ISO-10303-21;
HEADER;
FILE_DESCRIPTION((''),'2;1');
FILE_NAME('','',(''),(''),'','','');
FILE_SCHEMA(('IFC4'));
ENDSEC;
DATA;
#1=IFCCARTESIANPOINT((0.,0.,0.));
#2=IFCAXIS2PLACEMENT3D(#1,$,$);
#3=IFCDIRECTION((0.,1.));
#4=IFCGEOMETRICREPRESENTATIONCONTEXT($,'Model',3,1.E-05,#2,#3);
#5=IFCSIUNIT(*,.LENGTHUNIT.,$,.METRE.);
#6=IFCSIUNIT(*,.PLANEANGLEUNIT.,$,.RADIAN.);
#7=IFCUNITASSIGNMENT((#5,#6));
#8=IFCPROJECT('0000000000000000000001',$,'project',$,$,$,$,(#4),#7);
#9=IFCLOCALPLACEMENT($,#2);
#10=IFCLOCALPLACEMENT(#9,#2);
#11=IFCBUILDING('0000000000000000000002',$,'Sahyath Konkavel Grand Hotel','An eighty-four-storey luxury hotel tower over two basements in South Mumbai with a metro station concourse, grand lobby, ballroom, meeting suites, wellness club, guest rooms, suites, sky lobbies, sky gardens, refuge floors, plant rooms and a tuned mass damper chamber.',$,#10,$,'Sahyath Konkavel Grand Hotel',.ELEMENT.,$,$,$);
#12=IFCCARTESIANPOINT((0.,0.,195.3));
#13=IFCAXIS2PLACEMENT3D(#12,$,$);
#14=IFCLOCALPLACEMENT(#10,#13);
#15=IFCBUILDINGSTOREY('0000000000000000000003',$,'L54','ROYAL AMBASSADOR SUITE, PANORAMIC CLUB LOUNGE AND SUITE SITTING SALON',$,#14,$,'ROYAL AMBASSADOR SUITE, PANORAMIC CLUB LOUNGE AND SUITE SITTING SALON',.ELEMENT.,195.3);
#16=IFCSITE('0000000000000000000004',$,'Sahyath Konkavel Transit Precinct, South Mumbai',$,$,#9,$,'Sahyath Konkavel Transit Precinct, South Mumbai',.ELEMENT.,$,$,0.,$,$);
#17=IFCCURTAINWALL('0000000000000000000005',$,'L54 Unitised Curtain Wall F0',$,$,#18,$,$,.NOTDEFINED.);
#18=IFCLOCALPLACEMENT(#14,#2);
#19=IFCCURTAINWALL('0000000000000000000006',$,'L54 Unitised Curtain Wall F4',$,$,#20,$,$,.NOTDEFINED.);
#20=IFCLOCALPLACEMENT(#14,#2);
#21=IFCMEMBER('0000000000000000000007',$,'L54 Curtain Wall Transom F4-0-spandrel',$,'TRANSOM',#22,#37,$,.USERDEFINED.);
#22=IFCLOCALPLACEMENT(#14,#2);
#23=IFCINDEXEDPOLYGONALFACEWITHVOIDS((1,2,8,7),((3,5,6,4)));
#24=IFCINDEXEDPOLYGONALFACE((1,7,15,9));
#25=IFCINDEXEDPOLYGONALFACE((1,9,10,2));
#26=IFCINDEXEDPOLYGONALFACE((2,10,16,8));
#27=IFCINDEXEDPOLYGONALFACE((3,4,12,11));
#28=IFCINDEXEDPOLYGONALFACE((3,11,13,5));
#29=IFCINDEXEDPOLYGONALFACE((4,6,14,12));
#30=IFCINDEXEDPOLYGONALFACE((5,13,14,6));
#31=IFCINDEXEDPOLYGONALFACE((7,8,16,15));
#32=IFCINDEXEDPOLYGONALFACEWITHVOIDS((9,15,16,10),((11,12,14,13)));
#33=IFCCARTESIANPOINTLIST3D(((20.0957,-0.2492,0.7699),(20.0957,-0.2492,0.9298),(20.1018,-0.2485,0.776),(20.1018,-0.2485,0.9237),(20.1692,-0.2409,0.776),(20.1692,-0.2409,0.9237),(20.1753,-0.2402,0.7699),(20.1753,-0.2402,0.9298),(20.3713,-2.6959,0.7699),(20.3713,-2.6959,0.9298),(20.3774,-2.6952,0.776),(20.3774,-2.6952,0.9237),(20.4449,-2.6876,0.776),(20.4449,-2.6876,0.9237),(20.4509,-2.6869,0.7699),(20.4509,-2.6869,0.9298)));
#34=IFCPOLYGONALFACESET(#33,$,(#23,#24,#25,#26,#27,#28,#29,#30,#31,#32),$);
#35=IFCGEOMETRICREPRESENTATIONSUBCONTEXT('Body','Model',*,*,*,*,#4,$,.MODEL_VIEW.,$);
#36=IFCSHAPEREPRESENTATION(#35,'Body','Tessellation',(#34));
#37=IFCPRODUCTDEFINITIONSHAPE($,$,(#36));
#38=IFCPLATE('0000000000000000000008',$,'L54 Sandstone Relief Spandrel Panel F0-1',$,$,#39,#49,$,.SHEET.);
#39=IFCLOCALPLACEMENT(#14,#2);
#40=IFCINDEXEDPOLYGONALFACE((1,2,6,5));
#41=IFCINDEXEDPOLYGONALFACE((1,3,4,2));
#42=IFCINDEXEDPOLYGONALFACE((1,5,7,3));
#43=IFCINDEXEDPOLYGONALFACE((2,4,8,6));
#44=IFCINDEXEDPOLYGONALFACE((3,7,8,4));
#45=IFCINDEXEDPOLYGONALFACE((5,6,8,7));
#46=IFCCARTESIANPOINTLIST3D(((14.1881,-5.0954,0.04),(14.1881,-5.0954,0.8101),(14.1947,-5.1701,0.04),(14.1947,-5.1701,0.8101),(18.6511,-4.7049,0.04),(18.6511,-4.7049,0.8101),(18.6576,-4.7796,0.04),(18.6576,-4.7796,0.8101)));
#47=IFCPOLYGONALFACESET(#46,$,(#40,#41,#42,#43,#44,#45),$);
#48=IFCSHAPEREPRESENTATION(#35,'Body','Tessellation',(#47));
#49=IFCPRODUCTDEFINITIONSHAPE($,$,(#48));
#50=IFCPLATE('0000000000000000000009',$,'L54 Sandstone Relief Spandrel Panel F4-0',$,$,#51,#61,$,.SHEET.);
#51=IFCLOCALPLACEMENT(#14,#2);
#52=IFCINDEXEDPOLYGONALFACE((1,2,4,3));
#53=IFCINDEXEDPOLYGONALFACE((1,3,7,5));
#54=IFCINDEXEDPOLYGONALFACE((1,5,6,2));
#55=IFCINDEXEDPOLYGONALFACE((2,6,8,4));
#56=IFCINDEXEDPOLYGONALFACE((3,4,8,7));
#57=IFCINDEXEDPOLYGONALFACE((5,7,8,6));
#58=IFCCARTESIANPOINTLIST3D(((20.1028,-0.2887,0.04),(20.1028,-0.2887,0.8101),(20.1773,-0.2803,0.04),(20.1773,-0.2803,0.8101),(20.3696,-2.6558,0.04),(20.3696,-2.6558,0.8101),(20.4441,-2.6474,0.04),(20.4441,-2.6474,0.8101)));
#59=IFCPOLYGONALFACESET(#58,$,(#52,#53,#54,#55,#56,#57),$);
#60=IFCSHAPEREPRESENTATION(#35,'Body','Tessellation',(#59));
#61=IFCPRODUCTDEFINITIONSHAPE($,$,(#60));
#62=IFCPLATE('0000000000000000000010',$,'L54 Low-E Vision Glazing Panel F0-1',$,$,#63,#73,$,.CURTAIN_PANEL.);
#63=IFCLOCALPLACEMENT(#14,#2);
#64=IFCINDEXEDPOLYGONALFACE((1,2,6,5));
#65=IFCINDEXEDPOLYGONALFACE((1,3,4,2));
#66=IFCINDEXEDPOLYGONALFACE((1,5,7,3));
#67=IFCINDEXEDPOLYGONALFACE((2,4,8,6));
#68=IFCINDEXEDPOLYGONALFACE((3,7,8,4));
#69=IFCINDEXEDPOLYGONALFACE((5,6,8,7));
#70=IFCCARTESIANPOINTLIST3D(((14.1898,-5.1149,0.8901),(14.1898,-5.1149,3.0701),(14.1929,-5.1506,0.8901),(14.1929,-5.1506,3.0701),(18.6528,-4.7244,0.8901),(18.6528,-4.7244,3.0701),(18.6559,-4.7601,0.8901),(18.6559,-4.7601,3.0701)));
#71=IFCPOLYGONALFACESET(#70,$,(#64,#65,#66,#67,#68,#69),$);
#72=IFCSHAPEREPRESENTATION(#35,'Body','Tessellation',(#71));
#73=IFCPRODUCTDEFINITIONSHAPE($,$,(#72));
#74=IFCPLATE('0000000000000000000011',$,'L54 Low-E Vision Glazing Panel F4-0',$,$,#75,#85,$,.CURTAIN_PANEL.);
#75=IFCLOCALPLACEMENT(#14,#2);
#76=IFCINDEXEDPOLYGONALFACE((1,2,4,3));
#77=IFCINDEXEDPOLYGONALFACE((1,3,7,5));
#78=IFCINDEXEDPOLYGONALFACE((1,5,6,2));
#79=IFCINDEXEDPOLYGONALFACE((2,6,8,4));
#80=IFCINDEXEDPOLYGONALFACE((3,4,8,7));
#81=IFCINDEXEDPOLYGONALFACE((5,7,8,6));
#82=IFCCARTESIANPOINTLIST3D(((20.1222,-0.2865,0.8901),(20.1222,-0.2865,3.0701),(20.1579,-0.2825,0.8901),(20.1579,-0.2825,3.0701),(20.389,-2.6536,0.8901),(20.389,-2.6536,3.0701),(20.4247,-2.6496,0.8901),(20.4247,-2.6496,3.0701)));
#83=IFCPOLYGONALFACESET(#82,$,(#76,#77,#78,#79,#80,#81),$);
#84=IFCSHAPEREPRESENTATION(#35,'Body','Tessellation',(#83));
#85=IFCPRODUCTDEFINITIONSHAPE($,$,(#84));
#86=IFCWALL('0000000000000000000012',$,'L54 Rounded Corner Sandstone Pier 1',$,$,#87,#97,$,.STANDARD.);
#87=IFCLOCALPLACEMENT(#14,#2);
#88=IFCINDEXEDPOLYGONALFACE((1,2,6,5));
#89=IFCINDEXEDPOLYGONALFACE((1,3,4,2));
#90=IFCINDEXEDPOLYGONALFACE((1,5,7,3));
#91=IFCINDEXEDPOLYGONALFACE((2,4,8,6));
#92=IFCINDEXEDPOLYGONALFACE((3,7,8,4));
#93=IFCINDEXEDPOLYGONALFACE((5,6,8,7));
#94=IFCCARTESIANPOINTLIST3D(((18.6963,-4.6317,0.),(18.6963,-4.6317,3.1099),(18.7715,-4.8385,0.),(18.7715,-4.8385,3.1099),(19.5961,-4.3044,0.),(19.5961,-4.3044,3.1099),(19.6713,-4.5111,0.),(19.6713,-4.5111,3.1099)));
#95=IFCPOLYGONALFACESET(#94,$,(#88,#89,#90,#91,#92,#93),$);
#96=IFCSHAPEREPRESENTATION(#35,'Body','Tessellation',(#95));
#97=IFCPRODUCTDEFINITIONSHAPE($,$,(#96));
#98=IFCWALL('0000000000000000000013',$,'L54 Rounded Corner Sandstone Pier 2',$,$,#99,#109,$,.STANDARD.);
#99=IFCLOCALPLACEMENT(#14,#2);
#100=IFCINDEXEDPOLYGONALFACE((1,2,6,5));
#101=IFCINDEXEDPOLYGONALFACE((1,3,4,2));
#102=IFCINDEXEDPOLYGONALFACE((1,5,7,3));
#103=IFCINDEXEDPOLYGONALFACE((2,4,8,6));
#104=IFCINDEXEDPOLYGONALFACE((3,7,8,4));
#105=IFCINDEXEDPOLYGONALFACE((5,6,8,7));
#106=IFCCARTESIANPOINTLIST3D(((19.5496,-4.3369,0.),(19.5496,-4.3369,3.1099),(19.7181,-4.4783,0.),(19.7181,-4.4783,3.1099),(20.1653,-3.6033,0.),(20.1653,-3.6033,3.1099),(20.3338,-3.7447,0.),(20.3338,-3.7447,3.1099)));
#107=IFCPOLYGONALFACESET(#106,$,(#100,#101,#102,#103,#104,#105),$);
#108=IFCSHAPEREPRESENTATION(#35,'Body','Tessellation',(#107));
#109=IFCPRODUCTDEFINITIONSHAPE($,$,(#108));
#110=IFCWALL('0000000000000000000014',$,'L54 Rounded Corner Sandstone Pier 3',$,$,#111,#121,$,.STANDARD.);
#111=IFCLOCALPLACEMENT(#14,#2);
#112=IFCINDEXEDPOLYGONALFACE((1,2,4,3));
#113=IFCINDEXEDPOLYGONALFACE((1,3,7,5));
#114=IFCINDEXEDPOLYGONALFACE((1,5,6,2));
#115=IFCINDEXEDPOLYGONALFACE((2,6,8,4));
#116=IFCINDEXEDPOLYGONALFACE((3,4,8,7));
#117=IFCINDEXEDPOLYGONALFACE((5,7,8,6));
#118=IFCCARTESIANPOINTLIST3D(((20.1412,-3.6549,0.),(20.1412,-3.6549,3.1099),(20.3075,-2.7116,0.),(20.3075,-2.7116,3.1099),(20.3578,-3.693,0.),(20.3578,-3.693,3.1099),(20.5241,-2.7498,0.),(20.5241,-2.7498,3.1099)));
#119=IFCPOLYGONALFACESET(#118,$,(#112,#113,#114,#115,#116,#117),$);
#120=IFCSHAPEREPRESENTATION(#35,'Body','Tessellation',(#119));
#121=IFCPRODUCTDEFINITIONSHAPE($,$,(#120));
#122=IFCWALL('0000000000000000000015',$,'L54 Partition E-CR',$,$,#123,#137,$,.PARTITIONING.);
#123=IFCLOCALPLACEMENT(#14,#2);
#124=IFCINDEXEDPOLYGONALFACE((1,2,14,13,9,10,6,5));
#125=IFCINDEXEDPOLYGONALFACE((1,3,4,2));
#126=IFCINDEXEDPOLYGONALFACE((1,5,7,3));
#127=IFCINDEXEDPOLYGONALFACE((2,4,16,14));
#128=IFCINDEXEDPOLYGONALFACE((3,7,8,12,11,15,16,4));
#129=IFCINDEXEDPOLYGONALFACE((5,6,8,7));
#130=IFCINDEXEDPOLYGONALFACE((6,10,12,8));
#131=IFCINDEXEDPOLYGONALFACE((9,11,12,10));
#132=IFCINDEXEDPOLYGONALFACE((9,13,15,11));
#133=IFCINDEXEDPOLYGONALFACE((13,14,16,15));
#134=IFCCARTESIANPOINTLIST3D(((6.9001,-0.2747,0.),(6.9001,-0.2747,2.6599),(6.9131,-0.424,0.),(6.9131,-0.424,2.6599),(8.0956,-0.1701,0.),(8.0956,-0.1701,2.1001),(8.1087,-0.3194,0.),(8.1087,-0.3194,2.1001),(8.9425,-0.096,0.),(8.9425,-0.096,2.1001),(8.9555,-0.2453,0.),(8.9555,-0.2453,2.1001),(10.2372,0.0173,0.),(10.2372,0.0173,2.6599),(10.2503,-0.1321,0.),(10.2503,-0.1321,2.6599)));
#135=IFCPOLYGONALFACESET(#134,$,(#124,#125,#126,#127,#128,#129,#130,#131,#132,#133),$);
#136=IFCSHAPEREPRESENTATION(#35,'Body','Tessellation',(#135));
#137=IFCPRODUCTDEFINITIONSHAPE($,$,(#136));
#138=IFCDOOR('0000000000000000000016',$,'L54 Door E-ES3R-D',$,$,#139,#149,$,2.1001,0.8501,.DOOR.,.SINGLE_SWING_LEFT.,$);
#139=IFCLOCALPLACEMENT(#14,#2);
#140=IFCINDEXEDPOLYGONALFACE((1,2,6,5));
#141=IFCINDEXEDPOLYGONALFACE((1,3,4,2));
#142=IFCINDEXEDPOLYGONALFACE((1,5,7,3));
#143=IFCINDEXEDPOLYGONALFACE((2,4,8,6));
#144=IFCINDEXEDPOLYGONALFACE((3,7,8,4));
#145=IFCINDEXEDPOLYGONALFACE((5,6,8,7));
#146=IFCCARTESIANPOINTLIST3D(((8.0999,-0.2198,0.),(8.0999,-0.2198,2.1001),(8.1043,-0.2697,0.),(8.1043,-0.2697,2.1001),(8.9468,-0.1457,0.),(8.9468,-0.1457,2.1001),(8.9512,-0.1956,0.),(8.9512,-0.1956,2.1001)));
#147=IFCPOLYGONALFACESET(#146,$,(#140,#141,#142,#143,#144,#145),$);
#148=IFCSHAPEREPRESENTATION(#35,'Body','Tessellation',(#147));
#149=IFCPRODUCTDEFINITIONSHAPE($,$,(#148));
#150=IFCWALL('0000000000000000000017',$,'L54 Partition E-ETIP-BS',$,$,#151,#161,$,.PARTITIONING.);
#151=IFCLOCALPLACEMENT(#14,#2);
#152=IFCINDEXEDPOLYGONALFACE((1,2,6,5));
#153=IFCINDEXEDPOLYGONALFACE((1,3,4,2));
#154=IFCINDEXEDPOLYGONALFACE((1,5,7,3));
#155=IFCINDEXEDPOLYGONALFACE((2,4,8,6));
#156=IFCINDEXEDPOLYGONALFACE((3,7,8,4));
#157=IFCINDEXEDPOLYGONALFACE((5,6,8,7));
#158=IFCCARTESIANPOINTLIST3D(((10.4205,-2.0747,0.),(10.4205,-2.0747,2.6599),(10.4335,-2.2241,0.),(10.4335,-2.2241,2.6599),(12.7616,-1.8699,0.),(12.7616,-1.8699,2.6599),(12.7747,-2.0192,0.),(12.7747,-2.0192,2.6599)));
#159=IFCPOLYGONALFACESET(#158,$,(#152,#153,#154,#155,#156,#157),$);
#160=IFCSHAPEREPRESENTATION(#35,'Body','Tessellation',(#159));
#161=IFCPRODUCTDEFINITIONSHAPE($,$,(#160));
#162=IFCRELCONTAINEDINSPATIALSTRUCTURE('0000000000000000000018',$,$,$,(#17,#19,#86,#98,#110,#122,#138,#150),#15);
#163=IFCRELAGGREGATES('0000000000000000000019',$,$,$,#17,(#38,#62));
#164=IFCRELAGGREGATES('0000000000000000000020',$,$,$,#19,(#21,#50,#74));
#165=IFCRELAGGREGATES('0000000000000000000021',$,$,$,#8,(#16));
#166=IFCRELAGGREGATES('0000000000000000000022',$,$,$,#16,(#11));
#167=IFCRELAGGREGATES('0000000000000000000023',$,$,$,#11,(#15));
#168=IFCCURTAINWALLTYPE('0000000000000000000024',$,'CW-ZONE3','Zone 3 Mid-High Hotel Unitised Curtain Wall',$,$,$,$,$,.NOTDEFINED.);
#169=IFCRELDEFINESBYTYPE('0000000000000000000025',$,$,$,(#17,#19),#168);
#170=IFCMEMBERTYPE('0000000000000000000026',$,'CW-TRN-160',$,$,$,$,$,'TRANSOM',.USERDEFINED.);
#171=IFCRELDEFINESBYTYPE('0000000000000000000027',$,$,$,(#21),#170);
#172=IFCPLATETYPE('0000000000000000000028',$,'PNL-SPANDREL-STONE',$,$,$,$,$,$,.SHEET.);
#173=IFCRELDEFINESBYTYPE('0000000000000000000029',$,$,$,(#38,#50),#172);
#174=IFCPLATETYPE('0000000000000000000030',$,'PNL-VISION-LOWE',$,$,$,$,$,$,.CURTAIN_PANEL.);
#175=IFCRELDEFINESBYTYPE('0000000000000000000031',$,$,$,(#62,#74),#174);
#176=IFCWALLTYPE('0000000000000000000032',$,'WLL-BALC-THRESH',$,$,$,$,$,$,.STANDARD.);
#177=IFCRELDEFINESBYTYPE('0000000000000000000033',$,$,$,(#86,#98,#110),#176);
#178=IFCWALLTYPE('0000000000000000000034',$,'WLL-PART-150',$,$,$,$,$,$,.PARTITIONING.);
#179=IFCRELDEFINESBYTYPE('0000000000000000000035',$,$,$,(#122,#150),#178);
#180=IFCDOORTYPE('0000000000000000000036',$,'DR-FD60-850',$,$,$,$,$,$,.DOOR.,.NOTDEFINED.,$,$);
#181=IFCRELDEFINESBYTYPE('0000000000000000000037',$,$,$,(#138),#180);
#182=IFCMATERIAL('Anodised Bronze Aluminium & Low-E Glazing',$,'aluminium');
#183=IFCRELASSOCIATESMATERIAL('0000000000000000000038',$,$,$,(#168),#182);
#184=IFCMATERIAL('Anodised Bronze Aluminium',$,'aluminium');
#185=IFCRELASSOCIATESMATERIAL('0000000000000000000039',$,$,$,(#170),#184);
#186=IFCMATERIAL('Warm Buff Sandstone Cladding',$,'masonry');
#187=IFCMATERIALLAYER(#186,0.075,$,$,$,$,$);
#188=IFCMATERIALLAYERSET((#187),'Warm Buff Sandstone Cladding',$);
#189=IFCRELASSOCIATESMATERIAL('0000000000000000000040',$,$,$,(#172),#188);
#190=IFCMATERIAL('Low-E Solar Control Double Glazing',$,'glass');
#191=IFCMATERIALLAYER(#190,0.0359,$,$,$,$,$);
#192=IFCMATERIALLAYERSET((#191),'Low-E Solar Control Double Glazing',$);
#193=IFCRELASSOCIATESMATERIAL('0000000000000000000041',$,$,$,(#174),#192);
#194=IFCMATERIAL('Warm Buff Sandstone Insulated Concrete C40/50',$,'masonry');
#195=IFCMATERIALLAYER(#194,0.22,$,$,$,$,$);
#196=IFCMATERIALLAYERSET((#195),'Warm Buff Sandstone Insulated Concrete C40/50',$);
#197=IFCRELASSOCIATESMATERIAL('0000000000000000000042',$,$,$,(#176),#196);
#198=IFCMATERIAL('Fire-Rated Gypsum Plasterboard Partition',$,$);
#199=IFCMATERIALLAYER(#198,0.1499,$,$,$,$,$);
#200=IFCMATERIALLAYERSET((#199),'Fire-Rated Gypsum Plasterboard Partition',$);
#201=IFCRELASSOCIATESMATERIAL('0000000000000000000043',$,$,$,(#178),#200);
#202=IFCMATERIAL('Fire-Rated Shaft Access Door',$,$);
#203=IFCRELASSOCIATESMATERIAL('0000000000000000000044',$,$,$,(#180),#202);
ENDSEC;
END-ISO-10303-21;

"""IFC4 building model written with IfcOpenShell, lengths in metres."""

from ifc_helpers import new_model, si_unit, direction, frame, frame_2d, origin, origin_2d, place, context, subcontext, project, spatial, rectangle, hollow_rectangle, extrude, source, transform, mapped, material, layer, layer_set, material_profile, profile_set, type_object, element, fill, aggregate, save


model = new_model("IFC4")

# Units and contexts
model_context = context("Model", 3, precision=1e-05, world=origin(), true_north=direction((0.0, 1.0)))
body_context = subcontext(model_context, "Body", "Model", "MODEL_VIEW")
ifc_project = project(units=[si_unit("LENGTHUNIT", "METRE"), si_unit("PLANEANGLEUNIT", "RADIAN")], contexts=[model_context])

# Site, building, storey
site_placement = place(None, origin())
site = spatial("IfcSite", under=ifc_project, at=site_placement, Name="Sahyath Konkavel Transit Precinct, South Mumbai", LongName="Sahyath Konkavel Transit Precinct, South Mumbai", CompositionType="ELEMENT", RefElevation=0.0)
building_placement = place(site_placement, origin())
building = spatial("IfcBuilding", under=site, at=building_placement, Name="Sahyath Konkavel Grand Hotel", Description="An eighty-four-storey luxury hotel tower over two basements in South Mumbai with a metro station concourse, grand lobby, ballroom, meeting suites, wellness club, guest rooms, suites, sky lobbies, sky gardens, refuge floors, plant rooms and a tuned mass damper chamber.", LongName="Sahyath Konkavel Grand Hotel", CompositionType="ELEMENT")
storey_placement = place(building_placement, frame((0.0, 0.0, 195.3)))
storey = spatial("IfcBuildingStorey", under=building, at=storey_placement, Name="L54", Description="ROYAL AMBASSADOR SUITE, PANORAMIC CLUB LOUNGE AND SUITE SITTING SALON", LongName="ROYAL AMBASSADOR SUITE, PANORAMIC CLUB LOUNGE AND SUITE SITTING SALON", CompositionType="ELEMENT", Elevation=195.3)

# Curtain walls
ifc_material_1 = material(Name="Anodised Bronze Aluminium & Low-E Glazing", Category="aluminium")
curtain_wall_type = type_object("IfcCurtainWallType", Name="CW-ZONE3", Description="Zone 3 Mid-High Hotel Unitised Curtain Wall", PredefinedType="NOTDEFINED", material=ifc_material_1)
curtain_wall_1_placement = place(storey_placement, origin())
curtain_wall_1 = element("IfcCurtainWall", 1, at=curtain_wall_1_placement, inside=storey, type_object=curtain_wall_type, Name="L54 Unitised Curtain Wall F0", PredefinedType="NOTDEFINED")
ifc_material_2 = material(Name="Anodised Bronze Aluminium", Category="aluminium")
curtain_wall_2_placement = place(storey_placement, origin())
curtain_wall_2 = element("IfcCurtainWall", 2, at=curtain_wall_2_placement, inside=storey, type_object=curtain_wall_type, Name="L54 Unitised Curtain Wall F4", PredefinedType="NOTDEFINED")

# Member
ifc_material_profile_1 = material_profile(ifc_material_2, hollow_rectangle(XDim=0.0801, YDim=0.1599, WallThickness=0.0061, at=origin_2d()), Name="RHS 160x80x6")
ifc_profile_set_1 = profile_set([ifc_material_profile_1], Name="Anodised Bronze Aluminium")
member_type_1 = type_object("IfcMemberType", Name="CW-TRN-160", ElementType="TRANSOM", PredefinedType="USERDEFINED", material=ifc_profile_set_1)
shared_shape_1 = source(origin(), body_context, "Body", "SweptSolid", [
    extrude(hollow_rectangle(XDim=0.0801, YDim=0.1599, WallThickness=0.0061, at=origin_2d()), origin(), (0.0, 0.0, 1.0), 2.4622),
])
member_1_placement = place(storey_placement, frame((20.4111, -2.6914, 0.8499), z_axis=(-0.111944, 0.993715, 0.0), x_axis=(-0.993715, -0.111944, 0.0)))
member_1 = element("IfcMember", 3, at=member_1_placement, type_object=member_type_1, Name="L54 Curtain Wall Transom F4-0-spandrel", ObjectType="TRANSOM", PredefinedType="USERDEFINED", context=body_context, shape_type="MappedRepresentation", body=[
    mapped(shared_shape_1, transform((0.0, 0.0, 0.0), scale=1.0)),
])

# Plates
ifc_material_3 = material(Name="Warm Buff Sandstone Cladding", Category="masonry")
ifc_layer_1 = layer(ifc_material_3, 0.075)
ifc_layer_set_1 = layer_set([ifc_layer_1], Name="Warm Buff Sandstone Cladding")
plate_type_1 = type_object("IfcPlateType", Name="PNL-SPANDREL-STONE", PredefinedType="SHEET", material=ifc_layer_set_1)
shared_shape_2 = source(origin(), body_context, "Body", "SweptSolid", [
    extrude(rectangle(XDim=4.48, YDim=0.075, at=origin_2d()), origin(), (0.0, 0.0, 1.0), 0.77),
])
plate_1_placement = place(storey_placement, frame((16.4229, -4.9375, 0.04), z_axis=(0.0, 0.0, 1.0), x_axis=(0.996195, 0.087156, 0.0)))
plate_1 = element("IfcPlate", 4, at=plate_1_placement, type_object=plate_type_1, Name="L54 Sandstone Relief Spandrel Panel F0-1", PredefinedType="SHEET", context=body_context, shape_type="MappedRepresentation", body=[
    mapped(shared_shape_2, transform((0.0, 0.0, 0.0), scale=1.0)),
])
shared_shape_3 = source(origin(), body_context, "Body", "SweptSolid", [
    extrude(rectangle(XDim=2.3821, YDim=0.075, at=origin_2d()), origin(), (0.0, 0.0, 1.0), 0.77),
])
plate_2_placement = place(storey_placement, frame((20.2734, -1.468, 0.04), z_axis=(0.0, 0.0, 1.0), x_axis=(-0.111989, 0.993709, 0.0)))
plate_2 = element("IfcPlate", 5, at=plate_2_placement, type_object=plate_type_1, Name="L54 Sandstone Relief Spandrel Panel F4-0", PredefinedType="SHEET", context=body_context, shape_type="MappedRepresentation", body=[
    mapped(shared_shape_3, transform((0.0, 0.0, 0.0), scale=1.0)),
])
ifc_material_4 = material(Name="Low-E Solar Control Double Glazing", Category="glass")
ifc_layer_2 = layer(ifc_material_4, 0.0359)
ifc_layer_set_2 = layer_set([ifc_layer_2], Name="Low-E Solar Control Double Glazing")
plate_type_2 = type_object("IfcPlateType", Name="PNL-VISION-LOWE", PredefinedType="CURTAIN_PANEL", material=ifc_layer_set_2)
shared_shape_4 = source(origin(), body_context, "Body", "SweptSolid", [
    extrude(rectangle(XDim=4.48, YDim=0.0359, at=origin_2d()), origin(), (0.0, 0.0, 1.0), 2.1799),
])
plate_3_placement = place(storey_placement, frame((16.4229, -4.9375, 0.8901), z_axis=(0.0, 0.0, 1.0), x_axis=(0.996195, 0.087156, 0.0)))
plate_3 = element("IfcPlate", 6, at=plate_3_placement, type_object=plate_type_2, Name="L54 Low-E Vision Glazing Panel F0-1", PredefinedType="CURTAIN_PANEL", context=body_context, shape_type="MappedRepresentation", body=[
    mapped(shared_shape_4, transform((0.0, 0.0, 0.0), scale=1.0)),
])
aggregate(curtain_wall_1, [plate_1, plate_3])
shared_shape_5 = source(origin(), body_context, "Body", "SweptSolid", [
    extrude(rectangle(XDim=2.3821, YDim=0.0359, at=origin_2d()), origin(), (0.0, 0.0, 1.0), 2.1799),
])
plate_4_placement = place(storey_placement, frame((20.2734, -1.468, 0.8901), z_axis=(0.0, 0.0, 1.0), x_axis=(-0.111989, 0.993709, 0.0)))
plate_4 = element("IfcPlate", 7, at=plate_4_placement, type_object=plate_type_2, Name="L54 Low-E Vision Glazing Panel F4-0", PredefinedType="CURTAIN_PANEL", context=body_context, shape_type="MappedRepresentation", body=[
    mapped(shared_shape_5, transform((0.0, 0.0, 0.0), scale=1.0)),
])
aggregate(curtain_wall_2, [member_1, plate_2, plate_4])

# Walls
ifc_material_5 = material(Name="Warm Buff Sandstone Insulated Concrete C40/50", Category="masonry")
ifc_layer_3 = layer(ifc_material_5, 0.22)
ifc_layer_set_3 = layer_set([ifc_layer_3], Name="Warm Buff Sandstone Insulated Concrete C40/50")
wall_type_1 = type_object("IfcWallType", Name="WLL-BALC-THRESH", PredefinedType="STANDARD", material=ifc_layer_set_3)
wall_1_placement = place(storey_placement, frame((18.7339, -4.7351, 0.0), z_axis=(0.0, 0.0, 1.0), x_axis=(0.939741, 0.341886, 0.0)))
element("IfcWall", 8, at=wall_1_placement, inside=storey, type_object=wall_type_1, Name="L54 Rounded Corner Sandstone Pier 1", PredefinedType="STANDARD", context=body_context, shape_type="SweptSolid", body=[
    extrude(rectangle(XDim=0.9575, YDim=0.22, at=frame_2d((0.4788, 0.0))), origin(), (0.0, 0.0, 1.0), 3.1099),
])
for number, where, z_axis, x_axis, name in (
    (9, (19.6338, -4.4077, 0.0), (0.0, 0.0, 1.0), (0.642863, 0.765981, 0.0), "L54 Rounded Corner Sandstone Pier 2"),
    (10, (20.2495, -3.6741, 0.0), (0.0, 0.0, 1.0), (0.173611, 0.984814, 0.0), "L54 Rounded Corner Sandstone Pier 3"),
):
    element("IfcWall", number, at=place(storey_placement, frame(where, z_axis=z_axis, x_axis=x_axis)), inside=storey, type_object=wall_type_1, Name=name, PredefinedType="STANDARD", context=body_context, shape_type="SweptSolid", body=[
        extrude(rectangle(XDim=0.9578, YDim=0.22, at=frame_2d((0.479, 0.0))), origin(), (0.0, 0.0, 1.0), 3.1099),
    ])

# Wall, opening, door
ifc_material_6 = material(Name="Fire-Rated Gypsum Plasterboard Partition")
ifc_layer_4 = layer(ifc_material_6, 0.1499)
ifc_layer_set_4 = layer_set([ifc_layer_4], Name="Fire-Rated Gypsum Plasterboard Partition")
wall_type_2 = type_object("IfcWallType", Name="WLL-PART-150", PredefinedType="PARTITIONING", material=ifc_layer_set_4)
wall_2_placement = place(storey_placement, frame((6.9067, -0.3494, 0.0), z_axis=(0.0, 0.0, 1.0), x_axis=(0.996194, 0.087164, 0.0)))
wall_2 = element("IfcWall", 11, at=wall_2_placement, inside=storey, type_object=wall_type_2, Name="L54 Partition E-CR", PredefinedType="PARTITIONING", context=body_context, shape_type="SweptSolid", body=[
    extrude(rectangle(XDim=3.3499, YDim=0.1499, at=frame_2d((1.6748, 0.0))), origin(), (0.0, 0.0, 1.0), 2.6599),
])
opening_1_placement = place(wall_2_placement, frame((1.2, 0.0, 0.0)))
opening_1 = element("IfcOpeningElement", 12, at=opening_1_placement, cuts=wall_2, PredefinedType="OPENING", context=body_context, shape_type="SweptSolid", body=[
    extrude(rectangle(XDim=0.8501, YDim=2.1001, at=frame_2d((0.425, 1.05))), frame((0.0, 0.085, 0.0), z_axis=(0.0, -1.0, 0.0), x_axis=(1.0, 0.0, 0.0)), (0.0, 0.0, 1.0), 0.1699),
])
ifc_material_7 = material(Name="Fire-Rated Shaft Access Door")
door_type_1 = type_object("IfcDoorType", Name="DR-FD60-850", OperationType="NOTDEFINED", PredefinedType="DOOR", material=ifc_material_7)
shared_shape_6 = source(origin(), body_context, "Body", "SweptSolid", [
    extrude(rectangle(XDim=0.8501, YDim=0.05, at=origin_2d()), origin(), (0.0, 0.0, 1.0), 2.1001),
])
door_1_placement = place(opening_1_placement, frame((0.425, 0.0, 0.0)))
door_1 = element("IfcDoor", 13, at=door_1_placement, inside=storey, type_object=door_type_1, Name="L54 Door E-ES3R-D", OperationType="SINGLE_SWING_LEFT", OverallHeight=2.1001, OverallWidth=0.8501, PredefinedType="DOOR", context=body_context, shape_type="MappedRepresentation", body=[
    mapped(shared_shape_6, transform((0.0, 0.0, 0.0), scale=1.0)),
])
fill(opening_1, door_1)

# Wall
wall_3_placement = place(storey_placement, frame((10.427, -2.1494, 0.0), z_axis=(0.0, 0.0, 1.0), x_axis=(0.996194, 0.087163, 0.0)))
element("IfcWall", 14, at=wall_3_placement, inside=storey, type_object=wall_type_2, Name="L54 Partition E-ETIP-BS", PredefinedType="PARTITIONING", context=body_context, shape_type="SweptSolid", body=[
    extrude(rectangle(XDim=2.3501, YDim=0.1499, at=frame_2d((1.175, 0.0))), origin(), (0.0, 0.0, 1.0), 2.6599),
])

save(model, "model.ifc")
